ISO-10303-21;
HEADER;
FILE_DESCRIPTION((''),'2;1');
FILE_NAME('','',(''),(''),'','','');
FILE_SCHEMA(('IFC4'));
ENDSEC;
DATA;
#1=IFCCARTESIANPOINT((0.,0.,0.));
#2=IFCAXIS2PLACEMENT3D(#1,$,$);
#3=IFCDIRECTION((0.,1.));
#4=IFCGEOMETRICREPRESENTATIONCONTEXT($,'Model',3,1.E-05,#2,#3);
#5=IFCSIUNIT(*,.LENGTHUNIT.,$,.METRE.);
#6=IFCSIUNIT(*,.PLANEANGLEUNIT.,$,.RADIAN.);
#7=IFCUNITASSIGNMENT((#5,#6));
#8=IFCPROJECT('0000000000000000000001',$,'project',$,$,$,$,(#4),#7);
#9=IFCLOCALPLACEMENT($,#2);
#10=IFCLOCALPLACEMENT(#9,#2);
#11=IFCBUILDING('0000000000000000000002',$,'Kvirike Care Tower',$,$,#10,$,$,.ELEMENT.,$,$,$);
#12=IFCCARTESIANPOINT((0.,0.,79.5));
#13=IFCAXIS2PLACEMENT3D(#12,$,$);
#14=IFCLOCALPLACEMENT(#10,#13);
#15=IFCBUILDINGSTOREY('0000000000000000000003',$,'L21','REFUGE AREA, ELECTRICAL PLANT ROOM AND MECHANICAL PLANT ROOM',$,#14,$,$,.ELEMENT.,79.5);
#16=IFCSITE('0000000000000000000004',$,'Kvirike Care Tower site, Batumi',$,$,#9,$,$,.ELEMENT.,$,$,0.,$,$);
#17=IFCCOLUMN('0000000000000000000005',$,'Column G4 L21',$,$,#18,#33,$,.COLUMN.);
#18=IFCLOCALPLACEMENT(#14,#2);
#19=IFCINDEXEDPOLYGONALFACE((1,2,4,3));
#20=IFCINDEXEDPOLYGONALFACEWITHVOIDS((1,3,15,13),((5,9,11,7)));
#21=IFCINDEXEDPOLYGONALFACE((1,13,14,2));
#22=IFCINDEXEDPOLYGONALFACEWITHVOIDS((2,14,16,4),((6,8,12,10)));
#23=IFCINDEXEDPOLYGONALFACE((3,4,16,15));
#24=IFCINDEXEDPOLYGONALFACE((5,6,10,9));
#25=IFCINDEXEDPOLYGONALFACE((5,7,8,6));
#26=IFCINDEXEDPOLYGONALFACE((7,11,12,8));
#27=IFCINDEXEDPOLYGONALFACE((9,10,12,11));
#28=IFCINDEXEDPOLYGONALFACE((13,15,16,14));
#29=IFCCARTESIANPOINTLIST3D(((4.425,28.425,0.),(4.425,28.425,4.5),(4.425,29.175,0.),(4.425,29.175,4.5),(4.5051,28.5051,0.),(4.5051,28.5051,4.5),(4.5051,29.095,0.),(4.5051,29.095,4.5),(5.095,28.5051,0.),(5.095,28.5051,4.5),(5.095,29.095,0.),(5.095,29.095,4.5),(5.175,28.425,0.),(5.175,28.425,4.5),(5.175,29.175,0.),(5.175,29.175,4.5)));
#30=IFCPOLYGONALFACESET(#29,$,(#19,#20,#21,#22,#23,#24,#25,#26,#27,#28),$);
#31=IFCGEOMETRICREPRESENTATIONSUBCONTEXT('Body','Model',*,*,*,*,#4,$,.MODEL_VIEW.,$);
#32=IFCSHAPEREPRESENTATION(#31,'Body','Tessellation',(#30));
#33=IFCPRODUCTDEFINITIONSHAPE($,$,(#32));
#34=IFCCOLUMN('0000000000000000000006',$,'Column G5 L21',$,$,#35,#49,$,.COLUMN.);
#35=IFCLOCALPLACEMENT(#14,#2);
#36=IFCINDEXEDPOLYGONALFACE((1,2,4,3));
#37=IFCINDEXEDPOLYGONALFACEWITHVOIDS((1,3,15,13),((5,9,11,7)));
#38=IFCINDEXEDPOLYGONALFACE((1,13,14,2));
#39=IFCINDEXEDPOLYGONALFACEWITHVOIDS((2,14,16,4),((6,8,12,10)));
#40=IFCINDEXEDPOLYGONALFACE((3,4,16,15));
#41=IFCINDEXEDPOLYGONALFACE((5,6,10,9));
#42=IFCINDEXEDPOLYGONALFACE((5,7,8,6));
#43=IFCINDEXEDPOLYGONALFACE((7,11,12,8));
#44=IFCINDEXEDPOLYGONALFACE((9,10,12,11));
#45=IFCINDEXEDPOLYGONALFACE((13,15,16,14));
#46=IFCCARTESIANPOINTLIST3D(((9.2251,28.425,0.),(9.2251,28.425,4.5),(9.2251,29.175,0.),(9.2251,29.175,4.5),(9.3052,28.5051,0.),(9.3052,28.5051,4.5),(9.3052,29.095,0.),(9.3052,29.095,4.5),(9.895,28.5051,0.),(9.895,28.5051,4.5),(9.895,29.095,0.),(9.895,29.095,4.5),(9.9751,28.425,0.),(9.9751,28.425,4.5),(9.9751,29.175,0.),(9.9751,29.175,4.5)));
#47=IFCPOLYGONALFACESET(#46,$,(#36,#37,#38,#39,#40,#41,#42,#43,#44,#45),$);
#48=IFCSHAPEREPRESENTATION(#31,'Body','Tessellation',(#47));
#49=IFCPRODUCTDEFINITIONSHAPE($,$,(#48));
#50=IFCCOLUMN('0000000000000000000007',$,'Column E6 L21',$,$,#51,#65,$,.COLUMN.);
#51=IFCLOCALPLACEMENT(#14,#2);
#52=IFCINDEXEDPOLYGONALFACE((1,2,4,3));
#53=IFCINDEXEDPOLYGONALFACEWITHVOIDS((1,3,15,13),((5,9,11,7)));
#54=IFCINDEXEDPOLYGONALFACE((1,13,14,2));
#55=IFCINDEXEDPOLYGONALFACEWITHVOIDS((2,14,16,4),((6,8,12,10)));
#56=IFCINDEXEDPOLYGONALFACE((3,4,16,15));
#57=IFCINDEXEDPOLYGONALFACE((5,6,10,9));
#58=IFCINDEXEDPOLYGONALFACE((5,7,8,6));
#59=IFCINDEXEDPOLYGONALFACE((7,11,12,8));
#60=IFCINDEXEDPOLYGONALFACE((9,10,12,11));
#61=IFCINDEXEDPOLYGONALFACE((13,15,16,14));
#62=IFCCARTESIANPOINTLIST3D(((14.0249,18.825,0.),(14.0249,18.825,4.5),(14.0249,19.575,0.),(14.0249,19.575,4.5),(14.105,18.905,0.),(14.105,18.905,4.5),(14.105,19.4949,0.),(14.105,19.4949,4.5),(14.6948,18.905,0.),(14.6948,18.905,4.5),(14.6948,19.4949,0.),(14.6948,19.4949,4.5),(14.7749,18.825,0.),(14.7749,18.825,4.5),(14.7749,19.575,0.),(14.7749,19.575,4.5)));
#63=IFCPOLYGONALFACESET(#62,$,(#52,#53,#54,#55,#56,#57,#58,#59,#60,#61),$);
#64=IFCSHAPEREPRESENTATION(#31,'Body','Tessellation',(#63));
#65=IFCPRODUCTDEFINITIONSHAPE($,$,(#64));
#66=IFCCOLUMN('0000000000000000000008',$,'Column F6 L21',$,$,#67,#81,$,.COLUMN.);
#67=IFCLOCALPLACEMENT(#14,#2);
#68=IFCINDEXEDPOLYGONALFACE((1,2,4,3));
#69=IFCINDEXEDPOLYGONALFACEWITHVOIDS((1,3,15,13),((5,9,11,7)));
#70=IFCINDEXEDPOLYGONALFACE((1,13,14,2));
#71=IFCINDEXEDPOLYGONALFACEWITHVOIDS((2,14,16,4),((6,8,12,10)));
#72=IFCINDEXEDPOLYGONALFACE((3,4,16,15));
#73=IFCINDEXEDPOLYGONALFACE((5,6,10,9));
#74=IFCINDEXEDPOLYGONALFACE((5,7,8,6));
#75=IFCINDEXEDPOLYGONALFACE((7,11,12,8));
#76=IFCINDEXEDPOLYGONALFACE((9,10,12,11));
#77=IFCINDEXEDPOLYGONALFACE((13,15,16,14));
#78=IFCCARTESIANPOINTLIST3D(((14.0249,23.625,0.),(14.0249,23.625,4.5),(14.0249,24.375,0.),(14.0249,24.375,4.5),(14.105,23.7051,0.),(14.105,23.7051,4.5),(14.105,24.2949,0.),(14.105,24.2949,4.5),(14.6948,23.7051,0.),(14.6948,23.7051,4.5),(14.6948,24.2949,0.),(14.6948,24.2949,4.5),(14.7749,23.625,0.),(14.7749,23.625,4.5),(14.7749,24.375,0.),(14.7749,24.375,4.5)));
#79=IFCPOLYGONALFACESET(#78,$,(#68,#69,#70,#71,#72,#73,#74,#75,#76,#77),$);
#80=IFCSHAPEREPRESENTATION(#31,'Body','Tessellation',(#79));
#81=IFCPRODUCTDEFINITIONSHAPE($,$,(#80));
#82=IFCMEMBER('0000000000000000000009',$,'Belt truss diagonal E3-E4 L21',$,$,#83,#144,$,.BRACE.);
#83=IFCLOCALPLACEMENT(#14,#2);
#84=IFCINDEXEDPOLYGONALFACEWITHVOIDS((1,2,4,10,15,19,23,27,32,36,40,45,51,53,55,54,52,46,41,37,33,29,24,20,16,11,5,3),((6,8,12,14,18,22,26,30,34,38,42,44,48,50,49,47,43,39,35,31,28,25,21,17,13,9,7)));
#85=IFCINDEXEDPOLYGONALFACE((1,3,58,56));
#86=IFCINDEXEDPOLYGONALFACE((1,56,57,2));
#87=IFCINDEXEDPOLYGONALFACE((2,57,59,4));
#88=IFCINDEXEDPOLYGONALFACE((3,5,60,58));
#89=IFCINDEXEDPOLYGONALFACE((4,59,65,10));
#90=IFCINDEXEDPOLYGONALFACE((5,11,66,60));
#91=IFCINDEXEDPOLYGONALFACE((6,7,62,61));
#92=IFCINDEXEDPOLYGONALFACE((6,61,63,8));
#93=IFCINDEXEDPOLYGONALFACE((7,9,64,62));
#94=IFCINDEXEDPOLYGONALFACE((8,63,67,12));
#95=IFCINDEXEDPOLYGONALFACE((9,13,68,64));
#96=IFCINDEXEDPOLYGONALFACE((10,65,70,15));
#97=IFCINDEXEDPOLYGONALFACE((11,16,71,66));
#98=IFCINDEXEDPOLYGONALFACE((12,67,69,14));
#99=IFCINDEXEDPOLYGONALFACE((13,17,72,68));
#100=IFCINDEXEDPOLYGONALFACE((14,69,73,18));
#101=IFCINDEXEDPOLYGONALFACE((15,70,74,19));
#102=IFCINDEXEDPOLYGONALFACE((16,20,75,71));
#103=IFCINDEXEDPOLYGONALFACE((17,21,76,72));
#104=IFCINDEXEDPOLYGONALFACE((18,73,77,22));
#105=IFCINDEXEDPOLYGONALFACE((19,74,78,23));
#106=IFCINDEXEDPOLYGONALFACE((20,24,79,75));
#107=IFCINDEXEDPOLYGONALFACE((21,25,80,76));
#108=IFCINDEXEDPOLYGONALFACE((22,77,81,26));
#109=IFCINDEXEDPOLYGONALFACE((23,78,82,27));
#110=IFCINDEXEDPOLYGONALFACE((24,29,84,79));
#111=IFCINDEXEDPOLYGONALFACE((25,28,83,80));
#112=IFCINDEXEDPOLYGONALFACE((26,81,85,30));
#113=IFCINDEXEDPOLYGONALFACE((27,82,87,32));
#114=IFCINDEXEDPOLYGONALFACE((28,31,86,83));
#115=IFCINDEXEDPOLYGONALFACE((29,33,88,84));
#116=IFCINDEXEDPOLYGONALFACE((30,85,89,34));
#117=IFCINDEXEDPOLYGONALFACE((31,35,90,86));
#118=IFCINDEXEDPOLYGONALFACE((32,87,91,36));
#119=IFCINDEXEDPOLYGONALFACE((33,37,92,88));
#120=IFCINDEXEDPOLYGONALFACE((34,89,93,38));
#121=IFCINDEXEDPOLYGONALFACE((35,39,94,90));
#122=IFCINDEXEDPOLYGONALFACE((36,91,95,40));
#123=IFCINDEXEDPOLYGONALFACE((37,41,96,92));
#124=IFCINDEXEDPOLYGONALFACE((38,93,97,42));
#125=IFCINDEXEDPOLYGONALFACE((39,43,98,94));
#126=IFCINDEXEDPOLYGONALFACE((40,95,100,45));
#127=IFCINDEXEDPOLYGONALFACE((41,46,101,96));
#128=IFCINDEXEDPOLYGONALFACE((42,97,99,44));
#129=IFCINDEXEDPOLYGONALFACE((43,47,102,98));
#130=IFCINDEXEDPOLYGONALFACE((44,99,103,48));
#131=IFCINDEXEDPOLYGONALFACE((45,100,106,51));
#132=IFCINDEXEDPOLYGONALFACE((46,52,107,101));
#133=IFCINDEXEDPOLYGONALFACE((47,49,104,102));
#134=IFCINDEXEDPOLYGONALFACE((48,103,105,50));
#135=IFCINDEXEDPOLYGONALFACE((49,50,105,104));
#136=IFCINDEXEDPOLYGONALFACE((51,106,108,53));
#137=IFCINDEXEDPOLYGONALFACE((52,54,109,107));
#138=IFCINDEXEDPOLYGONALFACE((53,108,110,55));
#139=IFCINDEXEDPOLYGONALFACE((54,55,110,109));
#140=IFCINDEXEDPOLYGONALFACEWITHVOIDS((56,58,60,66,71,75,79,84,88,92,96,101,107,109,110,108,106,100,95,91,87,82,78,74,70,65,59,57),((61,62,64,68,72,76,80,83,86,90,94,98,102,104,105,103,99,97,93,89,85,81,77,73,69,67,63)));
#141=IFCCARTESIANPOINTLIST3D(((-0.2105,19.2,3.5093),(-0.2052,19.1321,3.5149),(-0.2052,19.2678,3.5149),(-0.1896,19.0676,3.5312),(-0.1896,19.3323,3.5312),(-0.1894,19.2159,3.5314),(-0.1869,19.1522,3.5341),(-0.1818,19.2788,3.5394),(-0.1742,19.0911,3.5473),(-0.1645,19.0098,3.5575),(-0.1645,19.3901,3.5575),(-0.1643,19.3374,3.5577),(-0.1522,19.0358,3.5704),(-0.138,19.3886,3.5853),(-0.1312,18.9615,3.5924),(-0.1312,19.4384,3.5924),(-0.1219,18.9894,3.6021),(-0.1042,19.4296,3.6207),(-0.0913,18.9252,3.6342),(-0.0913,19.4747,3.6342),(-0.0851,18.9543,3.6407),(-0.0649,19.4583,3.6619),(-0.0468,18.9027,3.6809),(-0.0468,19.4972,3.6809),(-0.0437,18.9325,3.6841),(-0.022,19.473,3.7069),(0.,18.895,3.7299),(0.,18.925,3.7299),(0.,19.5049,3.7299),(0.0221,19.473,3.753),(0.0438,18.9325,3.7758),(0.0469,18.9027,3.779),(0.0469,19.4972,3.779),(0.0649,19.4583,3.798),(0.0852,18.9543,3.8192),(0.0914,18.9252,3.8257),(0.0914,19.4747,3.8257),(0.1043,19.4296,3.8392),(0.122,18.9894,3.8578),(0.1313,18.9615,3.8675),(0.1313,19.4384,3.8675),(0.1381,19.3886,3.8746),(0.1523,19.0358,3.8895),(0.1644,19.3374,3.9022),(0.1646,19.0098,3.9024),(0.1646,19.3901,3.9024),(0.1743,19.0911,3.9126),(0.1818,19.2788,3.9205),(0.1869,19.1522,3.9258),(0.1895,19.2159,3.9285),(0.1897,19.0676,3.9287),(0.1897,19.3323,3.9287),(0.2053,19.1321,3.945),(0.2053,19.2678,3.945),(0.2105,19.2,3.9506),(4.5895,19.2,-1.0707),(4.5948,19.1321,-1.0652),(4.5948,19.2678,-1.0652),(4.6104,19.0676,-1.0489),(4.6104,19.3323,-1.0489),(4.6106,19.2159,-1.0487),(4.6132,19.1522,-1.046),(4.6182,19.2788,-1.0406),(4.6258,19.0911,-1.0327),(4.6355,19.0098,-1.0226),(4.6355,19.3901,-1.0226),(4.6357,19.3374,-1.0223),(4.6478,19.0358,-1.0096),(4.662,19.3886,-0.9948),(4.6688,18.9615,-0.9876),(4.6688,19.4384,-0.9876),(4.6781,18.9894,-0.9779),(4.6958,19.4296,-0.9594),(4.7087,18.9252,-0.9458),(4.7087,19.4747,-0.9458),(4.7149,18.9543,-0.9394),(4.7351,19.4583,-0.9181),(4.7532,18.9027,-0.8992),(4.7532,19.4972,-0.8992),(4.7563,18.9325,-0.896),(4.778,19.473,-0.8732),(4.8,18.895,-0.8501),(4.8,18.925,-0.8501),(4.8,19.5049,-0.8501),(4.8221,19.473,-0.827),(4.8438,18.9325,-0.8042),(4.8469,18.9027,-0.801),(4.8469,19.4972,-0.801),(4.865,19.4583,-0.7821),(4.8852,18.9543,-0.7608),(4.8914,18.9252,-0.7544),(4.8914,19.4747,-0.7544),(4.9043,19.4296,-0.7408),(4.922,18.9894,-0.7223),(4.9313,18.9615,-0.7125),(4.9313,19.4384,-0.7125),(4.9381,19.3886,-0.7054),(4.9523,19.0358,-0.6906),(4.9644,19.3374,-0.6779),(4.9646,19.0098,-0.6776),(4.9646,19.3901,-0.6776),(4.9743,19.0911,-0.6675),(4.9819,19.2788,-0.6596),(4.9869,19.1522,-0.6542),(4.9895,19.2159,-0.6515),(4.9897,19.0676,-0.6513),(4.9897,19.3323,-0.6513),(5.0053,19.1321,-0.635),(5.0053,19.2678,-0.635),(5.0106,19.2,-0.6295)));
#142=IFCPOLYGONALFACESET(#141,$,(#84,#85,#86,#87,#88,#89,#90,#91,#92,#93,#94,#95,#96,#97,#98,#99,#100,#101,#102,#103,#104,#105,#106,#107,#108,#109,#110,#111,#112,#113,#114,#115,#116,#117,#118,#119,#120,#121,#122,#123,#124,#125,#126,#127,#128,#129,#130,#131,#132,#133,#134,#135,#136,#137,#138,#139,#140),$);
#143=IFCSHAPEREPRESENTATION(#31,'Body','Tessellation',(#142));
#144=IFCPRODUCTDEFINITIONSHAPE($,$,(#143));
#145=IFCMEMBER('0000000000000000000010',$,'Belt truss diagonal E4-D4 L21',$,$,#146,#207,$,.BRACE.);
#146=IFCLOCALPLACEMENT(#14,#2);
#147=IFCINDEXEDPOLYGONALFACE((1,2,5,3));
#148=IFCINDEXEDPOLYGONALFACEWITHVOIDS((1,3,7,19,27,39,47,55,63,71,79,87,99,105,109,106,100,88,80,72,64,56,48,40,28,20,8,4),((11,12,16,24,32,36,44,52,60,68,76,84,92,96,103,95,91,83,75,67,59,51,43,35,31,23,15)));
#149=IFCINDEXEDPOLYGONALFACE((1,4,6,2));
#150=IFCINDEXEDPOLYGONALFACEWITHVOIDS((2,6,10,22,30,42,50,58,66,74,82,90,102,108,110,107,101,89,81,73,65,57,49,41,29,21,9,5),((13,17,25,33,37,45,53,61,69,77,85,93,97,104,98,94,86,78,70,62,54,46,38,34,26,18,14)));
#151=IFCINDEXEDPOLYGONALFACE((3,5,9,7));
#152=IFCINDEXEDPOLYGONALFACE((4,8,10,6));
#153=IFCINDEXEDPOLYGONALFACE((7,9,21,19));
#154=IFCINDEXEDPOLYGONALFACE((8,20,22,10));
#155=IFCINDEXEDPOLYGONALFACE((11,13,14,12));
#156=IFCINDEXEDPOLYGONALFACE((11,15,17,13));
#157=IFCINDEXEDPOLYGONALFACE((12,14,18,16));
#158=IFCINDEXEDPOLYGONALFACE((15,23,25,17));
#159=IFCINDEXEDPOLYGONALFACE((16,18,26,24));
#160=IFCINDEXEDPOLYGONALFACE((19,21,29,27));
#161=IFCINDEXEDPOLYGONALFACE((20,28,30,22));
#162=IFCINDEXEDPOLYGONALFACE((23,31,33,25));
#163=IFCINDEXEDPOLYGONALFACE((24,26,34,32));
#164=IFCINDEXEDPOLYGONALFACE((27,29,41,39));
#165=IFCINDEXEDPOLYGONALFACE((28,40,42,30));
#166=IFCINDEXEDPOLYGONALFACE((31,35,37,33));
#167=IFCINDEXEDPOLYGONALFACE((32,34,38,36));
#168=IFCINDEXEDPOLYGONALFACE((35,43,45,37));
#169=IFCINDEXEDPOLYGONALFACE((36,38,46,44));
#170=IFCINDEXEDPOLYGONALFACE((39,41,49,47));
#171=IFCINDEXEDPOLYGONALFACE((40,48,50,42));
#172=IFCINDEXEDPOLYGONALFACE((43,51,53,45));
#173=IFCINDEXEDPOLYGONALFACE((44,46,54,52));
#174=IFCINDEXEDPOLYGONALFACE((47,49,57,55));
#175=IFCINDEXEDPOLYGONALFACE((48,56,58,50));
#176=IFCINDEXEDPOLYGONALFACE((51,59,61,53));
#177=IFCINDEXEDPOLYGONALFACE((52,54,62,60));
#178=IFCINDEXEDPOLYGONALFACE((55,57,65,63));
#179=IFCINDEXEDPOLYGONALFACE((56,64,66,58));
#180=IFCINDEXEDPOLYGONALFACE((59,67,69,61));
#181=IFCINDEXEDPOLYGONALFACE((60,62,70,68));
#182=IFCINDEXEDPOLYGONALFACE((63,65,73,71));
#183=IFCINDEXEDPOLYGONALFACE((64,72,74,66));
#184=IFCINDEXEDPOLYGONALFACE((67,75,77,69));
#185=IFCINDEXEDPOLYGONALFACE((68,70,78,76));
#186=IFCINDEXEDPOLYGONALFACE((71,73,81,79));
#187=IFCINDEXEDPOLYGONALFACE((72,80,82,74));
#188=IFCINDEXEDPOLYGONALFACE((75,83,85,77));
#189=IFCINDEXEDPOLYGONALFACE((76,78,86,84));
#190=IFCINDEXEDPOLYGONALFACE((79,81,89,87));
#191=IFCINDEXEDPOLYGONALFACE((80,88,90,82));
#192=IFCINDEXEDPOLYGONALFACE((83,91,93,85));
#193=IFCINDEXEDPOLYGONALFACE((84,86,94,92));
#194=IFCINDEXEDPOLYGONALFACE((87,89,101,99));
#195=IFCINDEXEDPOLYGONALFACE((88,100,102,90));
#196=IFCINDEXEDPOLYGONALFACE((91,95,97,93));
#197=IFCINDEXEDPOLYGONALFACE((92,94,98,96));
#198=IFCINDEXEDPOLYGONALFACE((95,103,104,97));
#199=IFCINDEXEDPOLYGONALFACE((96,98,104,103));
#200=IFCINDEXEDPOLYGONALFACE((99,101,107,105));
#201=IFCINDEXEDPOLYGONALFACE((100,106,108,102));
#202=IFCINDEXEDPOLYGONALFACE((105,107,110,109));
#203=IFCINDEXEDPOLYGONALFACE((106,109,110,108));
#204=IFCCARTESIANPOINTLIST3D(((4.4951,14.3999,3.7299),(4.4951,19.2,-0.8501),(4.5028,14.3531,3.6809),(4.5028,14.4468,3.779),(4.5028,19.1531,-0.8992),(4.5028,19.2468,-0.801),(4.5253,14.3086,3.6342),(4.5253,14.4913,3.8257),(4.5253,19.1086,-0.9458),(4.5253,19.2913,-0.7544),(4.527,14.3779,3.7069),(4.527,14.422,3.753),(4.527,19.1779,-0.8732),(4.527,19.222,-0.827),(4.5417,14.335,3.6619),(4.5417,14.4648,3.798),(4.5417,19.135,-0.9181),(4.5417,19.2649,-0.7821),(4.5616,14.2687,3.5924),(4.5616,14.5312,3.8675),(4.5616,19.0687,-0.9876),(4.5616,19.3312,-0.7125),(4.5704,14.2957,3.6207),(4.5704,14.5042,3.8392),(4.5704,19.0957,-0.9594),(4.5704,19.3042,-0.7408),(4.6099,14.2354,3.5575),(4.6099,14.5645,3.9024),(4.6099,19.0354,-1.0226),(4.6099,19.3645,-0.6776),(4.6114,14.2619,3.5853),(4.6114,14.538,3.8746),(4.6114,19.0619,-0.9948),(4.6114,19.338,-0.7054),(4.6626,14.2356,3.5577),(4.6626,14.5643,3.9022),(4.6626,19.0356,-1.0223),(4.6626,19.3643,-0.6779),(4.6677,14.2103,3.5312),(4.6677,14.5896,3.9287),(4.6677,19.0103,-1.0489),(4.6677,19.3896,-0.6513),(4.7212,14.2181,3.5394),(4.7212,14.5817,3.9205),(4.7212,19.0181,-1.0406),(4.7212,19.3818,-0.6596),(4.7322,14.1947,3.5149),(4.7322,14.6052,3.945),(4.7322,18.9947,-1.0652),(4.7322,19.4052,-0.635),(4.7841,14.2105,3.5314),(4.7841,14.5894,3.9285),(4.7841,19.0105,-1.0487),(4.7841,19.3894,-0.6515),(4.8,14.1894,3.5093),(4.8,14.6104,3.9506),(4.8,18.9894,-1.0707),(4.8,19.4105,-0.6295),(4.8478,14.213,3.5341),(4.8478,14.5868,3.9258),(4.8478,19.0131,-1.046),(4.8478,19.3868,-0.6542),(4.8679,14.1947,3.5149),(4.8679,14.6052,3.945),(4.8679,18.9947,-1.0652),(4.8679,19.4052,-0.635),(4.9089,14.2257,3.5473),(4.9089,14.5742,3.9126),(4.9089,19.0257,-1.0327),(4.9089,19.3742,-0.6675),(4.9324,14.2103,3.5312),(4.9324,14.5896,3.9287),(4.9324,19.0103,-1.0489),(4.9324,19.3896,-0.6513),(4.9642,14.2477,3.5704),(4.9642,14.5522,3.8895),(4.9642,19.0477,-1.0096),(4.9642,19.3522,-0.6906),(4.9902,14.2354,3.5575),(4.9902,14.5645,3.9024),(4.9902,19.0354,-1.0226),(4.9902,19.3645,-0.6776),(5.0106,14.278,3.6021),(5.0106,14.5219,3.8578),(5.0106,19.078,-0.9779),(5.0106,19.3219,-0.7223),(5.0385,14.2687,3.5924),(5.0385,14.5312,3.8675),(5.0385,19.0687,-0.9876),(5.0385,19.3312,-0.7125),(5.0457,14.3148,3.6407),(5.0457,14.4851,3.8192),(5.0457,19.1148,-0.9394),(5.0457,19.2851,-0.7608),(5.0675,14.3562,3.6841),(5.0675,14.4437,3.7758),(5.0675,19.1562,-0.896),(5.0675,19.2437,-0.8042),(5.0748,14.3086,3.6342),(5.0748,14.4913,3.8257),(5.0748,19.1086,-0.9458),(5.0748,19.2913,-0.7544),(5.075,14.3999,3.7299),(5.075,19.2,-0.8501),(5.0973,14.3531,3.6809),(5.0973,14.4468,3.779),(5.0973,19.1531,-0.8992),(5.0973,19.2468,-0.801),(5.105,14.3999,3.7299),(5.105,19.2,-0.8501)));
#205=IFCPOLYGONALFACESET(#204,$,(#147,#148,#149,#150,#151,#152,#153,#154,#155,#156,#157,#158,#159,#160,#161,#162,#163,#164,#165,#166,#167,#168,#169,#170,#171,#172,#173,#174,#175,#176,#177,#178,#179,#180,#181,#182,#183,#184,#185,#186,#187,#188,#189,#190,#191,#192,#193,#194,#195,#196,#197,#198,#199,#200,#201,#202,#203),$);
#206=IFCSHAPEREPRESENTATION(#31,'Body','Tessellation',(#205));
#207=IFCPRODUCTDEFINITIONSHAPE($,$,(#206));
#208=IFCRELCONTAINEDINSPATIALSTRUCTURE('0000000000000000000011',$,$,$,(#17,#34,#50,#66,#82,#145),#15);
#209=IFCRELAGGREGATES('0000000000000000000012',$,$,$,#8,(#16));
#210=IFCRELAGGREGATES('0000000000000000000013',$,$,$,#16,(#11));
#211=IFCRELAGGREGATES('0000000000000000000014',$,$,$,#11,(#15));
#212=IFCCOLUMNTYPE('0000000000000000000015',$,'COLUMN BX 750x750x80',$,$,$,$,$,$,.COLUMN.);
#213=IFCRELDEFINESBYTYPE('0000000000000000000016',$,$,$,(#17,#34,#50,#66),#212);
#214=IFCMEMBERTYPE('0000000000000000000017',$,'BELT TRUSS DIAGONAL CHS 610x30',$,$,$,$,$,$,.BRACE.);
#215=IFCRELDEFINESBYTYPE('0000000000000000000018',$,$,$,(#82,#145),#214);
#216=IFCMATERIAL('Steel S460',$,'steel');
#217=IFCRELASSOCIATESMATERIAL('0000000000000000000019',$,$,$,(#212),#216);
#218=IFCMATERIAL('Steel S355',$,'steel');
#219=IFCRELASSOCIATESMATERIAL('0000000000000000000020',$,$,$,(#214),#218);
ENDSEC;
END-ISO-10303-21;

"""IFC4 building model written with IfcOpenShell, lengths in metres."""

from ifc_helpers import new_model, si_unit, direction, frame, origin, origin_2d, place, context, subcontext, project, spatial, hollow_rectangle, hollow_circle, extrude, material, material_profile, profile_set, type_object, element, save


model = new_model("IFC4")

# Units and contexts
model_context = context("Model", 3, precision=1e-05, world=origin(), true_north=direction((0.0, 1.0)))
body_context = subcontext(model_context, "Body", "Model", "MODEL_VIEW")
ifc_project = project(units=[si_unit("LENGTHUNIT", "METRE"), si_unit("PLANEANGLEUNIT", "RADIAN")], contexts=[model_context])

# Site, building, storey
site_placement = place(None, origin())
site = spatial("IfcSite", under=ifc_project, at=site_placement, Name="Kvirike Care Tower site, Batumi", CompositionType="ELEMENT", RefElevation=0.0)
building_placement = place(site_placement, origin())
building = spatial("IfcBuilding", under=site, at=building_placement, Name="Kvirike Care Tower", CompositionType="ELEMENT")
storey_placement = place(building_placement, frame((0.0, 0.0, 79.5)))
storey = spatial("IfcBuildingStorey", under=building, at=storey_placement, Name="L21", Description="REFUGE AREA, ELECTRICAL PLANT ROOM AND MECHANICAL PLANT ROOM", CompositionType="ELEMENT", Elevation=79.5)

# Columns
ifc_material_1 = material(Name="Steel S460", Category="steel")
ifc_material_profile_1 = material_profile(ifc_material_1, hollow_rectangle(XDim=0.75, YDim=0.75, WallThickness=0.0801, at=origin_2d()), Name="BX 750x750x80")
ifc_profile_set_1 = profile_set([ifc_material_profile_1], Name="Steel S460")
column_type = type_object("IfcColumnType", Name="COLUMN BX 750x750x80", PredefinedType="COLUMN", material=ifc_profile_set_1)
for number, where, z_axis, x_axis, name in (
    (1, (4.8, 28.8, 0.0), (0.0, 0.0, 1.0), (0.0, 1.0, 0.0), "Column G4 L21"),
    (2, (9.6001, 28.8, 0.0), (0.0, 0.0, 1.0), (0.0, 1.0, 0.0), "Column G5 L21"),
    (3, (14.3999, 19.2, 0.0), (0.0, 0.0, 1.0), (1.0, 0.0, 0.0), "Column E6 L21"),
    (4, (14.3999, 24.0, 0.0), (0.0, 0.0, 1.0), (1.0, 0.0, 0.0), "Column F6 L21"),
):
    element("IfcColumn", number, at=place(storey_placement, frame(where, z_axis=z_axis, x_axis=x_axis)), inside=storey, type_object=column_type, Name=name, PredefinedType="COLUMN", context=body_context, shape_type="SweptSolid", body=[
        extrude(hollow_rectangle(XDim=0.75, YDim=0.75, WallThickness=0.0801, at=origin_2d()), origin(), (0.0, 0.0, 1.0), 4.5),
    ])

# Members
ifc_material_2 = material(Name="Steel S355", Category="steel")
ifc_material_profile_2 = material_profile(ifc_material_2, hollow_circle(Radius=0.3049, WallThickness=0.03, at=origin_2d()), Name="CHS 610x30")
ifc_profile_set_2 = profile_set([ifc_material_profile_2], Name="Steel S355")
member_type = type_object("IfcMemberType", Name="BELT TRUSS DIAGONAL CHS 610x30", PredefinedType="BRACE", material=ifc_profile_set_2)
for number, where, z_axis, x_axis, name in (
    (5, (4.8, 19.2, -0.8501), (-0.72349, 0.0, 0.690335), (0.0, -1.0, 0.0), "Belt truss diagonal E3-E4 L21"),
    (6, (4.8, 19.2, -0.8501), (0.0, -0.72349, 0.690335), (1.0, 0.0, 0.0), "Belt truss diagonal E4-D4 L21"),
):
    element("IfcMember", number, at=place(storey_placement, frame(where, z_axis=z_axis, x_axis=x_axis)), inside=storey, type_object=member_type, Name=name, PredefinedType="BRACE", context=body_context, shape_type="SweptSolid", body=[
        extrude(hollow_circle(Radius=0.3049, WallThickness=0.03, at=origin_2d()), origin(), (0.0, 0.0, 1.0), 6.6345),
    ])

save(model, "model.ifc")
